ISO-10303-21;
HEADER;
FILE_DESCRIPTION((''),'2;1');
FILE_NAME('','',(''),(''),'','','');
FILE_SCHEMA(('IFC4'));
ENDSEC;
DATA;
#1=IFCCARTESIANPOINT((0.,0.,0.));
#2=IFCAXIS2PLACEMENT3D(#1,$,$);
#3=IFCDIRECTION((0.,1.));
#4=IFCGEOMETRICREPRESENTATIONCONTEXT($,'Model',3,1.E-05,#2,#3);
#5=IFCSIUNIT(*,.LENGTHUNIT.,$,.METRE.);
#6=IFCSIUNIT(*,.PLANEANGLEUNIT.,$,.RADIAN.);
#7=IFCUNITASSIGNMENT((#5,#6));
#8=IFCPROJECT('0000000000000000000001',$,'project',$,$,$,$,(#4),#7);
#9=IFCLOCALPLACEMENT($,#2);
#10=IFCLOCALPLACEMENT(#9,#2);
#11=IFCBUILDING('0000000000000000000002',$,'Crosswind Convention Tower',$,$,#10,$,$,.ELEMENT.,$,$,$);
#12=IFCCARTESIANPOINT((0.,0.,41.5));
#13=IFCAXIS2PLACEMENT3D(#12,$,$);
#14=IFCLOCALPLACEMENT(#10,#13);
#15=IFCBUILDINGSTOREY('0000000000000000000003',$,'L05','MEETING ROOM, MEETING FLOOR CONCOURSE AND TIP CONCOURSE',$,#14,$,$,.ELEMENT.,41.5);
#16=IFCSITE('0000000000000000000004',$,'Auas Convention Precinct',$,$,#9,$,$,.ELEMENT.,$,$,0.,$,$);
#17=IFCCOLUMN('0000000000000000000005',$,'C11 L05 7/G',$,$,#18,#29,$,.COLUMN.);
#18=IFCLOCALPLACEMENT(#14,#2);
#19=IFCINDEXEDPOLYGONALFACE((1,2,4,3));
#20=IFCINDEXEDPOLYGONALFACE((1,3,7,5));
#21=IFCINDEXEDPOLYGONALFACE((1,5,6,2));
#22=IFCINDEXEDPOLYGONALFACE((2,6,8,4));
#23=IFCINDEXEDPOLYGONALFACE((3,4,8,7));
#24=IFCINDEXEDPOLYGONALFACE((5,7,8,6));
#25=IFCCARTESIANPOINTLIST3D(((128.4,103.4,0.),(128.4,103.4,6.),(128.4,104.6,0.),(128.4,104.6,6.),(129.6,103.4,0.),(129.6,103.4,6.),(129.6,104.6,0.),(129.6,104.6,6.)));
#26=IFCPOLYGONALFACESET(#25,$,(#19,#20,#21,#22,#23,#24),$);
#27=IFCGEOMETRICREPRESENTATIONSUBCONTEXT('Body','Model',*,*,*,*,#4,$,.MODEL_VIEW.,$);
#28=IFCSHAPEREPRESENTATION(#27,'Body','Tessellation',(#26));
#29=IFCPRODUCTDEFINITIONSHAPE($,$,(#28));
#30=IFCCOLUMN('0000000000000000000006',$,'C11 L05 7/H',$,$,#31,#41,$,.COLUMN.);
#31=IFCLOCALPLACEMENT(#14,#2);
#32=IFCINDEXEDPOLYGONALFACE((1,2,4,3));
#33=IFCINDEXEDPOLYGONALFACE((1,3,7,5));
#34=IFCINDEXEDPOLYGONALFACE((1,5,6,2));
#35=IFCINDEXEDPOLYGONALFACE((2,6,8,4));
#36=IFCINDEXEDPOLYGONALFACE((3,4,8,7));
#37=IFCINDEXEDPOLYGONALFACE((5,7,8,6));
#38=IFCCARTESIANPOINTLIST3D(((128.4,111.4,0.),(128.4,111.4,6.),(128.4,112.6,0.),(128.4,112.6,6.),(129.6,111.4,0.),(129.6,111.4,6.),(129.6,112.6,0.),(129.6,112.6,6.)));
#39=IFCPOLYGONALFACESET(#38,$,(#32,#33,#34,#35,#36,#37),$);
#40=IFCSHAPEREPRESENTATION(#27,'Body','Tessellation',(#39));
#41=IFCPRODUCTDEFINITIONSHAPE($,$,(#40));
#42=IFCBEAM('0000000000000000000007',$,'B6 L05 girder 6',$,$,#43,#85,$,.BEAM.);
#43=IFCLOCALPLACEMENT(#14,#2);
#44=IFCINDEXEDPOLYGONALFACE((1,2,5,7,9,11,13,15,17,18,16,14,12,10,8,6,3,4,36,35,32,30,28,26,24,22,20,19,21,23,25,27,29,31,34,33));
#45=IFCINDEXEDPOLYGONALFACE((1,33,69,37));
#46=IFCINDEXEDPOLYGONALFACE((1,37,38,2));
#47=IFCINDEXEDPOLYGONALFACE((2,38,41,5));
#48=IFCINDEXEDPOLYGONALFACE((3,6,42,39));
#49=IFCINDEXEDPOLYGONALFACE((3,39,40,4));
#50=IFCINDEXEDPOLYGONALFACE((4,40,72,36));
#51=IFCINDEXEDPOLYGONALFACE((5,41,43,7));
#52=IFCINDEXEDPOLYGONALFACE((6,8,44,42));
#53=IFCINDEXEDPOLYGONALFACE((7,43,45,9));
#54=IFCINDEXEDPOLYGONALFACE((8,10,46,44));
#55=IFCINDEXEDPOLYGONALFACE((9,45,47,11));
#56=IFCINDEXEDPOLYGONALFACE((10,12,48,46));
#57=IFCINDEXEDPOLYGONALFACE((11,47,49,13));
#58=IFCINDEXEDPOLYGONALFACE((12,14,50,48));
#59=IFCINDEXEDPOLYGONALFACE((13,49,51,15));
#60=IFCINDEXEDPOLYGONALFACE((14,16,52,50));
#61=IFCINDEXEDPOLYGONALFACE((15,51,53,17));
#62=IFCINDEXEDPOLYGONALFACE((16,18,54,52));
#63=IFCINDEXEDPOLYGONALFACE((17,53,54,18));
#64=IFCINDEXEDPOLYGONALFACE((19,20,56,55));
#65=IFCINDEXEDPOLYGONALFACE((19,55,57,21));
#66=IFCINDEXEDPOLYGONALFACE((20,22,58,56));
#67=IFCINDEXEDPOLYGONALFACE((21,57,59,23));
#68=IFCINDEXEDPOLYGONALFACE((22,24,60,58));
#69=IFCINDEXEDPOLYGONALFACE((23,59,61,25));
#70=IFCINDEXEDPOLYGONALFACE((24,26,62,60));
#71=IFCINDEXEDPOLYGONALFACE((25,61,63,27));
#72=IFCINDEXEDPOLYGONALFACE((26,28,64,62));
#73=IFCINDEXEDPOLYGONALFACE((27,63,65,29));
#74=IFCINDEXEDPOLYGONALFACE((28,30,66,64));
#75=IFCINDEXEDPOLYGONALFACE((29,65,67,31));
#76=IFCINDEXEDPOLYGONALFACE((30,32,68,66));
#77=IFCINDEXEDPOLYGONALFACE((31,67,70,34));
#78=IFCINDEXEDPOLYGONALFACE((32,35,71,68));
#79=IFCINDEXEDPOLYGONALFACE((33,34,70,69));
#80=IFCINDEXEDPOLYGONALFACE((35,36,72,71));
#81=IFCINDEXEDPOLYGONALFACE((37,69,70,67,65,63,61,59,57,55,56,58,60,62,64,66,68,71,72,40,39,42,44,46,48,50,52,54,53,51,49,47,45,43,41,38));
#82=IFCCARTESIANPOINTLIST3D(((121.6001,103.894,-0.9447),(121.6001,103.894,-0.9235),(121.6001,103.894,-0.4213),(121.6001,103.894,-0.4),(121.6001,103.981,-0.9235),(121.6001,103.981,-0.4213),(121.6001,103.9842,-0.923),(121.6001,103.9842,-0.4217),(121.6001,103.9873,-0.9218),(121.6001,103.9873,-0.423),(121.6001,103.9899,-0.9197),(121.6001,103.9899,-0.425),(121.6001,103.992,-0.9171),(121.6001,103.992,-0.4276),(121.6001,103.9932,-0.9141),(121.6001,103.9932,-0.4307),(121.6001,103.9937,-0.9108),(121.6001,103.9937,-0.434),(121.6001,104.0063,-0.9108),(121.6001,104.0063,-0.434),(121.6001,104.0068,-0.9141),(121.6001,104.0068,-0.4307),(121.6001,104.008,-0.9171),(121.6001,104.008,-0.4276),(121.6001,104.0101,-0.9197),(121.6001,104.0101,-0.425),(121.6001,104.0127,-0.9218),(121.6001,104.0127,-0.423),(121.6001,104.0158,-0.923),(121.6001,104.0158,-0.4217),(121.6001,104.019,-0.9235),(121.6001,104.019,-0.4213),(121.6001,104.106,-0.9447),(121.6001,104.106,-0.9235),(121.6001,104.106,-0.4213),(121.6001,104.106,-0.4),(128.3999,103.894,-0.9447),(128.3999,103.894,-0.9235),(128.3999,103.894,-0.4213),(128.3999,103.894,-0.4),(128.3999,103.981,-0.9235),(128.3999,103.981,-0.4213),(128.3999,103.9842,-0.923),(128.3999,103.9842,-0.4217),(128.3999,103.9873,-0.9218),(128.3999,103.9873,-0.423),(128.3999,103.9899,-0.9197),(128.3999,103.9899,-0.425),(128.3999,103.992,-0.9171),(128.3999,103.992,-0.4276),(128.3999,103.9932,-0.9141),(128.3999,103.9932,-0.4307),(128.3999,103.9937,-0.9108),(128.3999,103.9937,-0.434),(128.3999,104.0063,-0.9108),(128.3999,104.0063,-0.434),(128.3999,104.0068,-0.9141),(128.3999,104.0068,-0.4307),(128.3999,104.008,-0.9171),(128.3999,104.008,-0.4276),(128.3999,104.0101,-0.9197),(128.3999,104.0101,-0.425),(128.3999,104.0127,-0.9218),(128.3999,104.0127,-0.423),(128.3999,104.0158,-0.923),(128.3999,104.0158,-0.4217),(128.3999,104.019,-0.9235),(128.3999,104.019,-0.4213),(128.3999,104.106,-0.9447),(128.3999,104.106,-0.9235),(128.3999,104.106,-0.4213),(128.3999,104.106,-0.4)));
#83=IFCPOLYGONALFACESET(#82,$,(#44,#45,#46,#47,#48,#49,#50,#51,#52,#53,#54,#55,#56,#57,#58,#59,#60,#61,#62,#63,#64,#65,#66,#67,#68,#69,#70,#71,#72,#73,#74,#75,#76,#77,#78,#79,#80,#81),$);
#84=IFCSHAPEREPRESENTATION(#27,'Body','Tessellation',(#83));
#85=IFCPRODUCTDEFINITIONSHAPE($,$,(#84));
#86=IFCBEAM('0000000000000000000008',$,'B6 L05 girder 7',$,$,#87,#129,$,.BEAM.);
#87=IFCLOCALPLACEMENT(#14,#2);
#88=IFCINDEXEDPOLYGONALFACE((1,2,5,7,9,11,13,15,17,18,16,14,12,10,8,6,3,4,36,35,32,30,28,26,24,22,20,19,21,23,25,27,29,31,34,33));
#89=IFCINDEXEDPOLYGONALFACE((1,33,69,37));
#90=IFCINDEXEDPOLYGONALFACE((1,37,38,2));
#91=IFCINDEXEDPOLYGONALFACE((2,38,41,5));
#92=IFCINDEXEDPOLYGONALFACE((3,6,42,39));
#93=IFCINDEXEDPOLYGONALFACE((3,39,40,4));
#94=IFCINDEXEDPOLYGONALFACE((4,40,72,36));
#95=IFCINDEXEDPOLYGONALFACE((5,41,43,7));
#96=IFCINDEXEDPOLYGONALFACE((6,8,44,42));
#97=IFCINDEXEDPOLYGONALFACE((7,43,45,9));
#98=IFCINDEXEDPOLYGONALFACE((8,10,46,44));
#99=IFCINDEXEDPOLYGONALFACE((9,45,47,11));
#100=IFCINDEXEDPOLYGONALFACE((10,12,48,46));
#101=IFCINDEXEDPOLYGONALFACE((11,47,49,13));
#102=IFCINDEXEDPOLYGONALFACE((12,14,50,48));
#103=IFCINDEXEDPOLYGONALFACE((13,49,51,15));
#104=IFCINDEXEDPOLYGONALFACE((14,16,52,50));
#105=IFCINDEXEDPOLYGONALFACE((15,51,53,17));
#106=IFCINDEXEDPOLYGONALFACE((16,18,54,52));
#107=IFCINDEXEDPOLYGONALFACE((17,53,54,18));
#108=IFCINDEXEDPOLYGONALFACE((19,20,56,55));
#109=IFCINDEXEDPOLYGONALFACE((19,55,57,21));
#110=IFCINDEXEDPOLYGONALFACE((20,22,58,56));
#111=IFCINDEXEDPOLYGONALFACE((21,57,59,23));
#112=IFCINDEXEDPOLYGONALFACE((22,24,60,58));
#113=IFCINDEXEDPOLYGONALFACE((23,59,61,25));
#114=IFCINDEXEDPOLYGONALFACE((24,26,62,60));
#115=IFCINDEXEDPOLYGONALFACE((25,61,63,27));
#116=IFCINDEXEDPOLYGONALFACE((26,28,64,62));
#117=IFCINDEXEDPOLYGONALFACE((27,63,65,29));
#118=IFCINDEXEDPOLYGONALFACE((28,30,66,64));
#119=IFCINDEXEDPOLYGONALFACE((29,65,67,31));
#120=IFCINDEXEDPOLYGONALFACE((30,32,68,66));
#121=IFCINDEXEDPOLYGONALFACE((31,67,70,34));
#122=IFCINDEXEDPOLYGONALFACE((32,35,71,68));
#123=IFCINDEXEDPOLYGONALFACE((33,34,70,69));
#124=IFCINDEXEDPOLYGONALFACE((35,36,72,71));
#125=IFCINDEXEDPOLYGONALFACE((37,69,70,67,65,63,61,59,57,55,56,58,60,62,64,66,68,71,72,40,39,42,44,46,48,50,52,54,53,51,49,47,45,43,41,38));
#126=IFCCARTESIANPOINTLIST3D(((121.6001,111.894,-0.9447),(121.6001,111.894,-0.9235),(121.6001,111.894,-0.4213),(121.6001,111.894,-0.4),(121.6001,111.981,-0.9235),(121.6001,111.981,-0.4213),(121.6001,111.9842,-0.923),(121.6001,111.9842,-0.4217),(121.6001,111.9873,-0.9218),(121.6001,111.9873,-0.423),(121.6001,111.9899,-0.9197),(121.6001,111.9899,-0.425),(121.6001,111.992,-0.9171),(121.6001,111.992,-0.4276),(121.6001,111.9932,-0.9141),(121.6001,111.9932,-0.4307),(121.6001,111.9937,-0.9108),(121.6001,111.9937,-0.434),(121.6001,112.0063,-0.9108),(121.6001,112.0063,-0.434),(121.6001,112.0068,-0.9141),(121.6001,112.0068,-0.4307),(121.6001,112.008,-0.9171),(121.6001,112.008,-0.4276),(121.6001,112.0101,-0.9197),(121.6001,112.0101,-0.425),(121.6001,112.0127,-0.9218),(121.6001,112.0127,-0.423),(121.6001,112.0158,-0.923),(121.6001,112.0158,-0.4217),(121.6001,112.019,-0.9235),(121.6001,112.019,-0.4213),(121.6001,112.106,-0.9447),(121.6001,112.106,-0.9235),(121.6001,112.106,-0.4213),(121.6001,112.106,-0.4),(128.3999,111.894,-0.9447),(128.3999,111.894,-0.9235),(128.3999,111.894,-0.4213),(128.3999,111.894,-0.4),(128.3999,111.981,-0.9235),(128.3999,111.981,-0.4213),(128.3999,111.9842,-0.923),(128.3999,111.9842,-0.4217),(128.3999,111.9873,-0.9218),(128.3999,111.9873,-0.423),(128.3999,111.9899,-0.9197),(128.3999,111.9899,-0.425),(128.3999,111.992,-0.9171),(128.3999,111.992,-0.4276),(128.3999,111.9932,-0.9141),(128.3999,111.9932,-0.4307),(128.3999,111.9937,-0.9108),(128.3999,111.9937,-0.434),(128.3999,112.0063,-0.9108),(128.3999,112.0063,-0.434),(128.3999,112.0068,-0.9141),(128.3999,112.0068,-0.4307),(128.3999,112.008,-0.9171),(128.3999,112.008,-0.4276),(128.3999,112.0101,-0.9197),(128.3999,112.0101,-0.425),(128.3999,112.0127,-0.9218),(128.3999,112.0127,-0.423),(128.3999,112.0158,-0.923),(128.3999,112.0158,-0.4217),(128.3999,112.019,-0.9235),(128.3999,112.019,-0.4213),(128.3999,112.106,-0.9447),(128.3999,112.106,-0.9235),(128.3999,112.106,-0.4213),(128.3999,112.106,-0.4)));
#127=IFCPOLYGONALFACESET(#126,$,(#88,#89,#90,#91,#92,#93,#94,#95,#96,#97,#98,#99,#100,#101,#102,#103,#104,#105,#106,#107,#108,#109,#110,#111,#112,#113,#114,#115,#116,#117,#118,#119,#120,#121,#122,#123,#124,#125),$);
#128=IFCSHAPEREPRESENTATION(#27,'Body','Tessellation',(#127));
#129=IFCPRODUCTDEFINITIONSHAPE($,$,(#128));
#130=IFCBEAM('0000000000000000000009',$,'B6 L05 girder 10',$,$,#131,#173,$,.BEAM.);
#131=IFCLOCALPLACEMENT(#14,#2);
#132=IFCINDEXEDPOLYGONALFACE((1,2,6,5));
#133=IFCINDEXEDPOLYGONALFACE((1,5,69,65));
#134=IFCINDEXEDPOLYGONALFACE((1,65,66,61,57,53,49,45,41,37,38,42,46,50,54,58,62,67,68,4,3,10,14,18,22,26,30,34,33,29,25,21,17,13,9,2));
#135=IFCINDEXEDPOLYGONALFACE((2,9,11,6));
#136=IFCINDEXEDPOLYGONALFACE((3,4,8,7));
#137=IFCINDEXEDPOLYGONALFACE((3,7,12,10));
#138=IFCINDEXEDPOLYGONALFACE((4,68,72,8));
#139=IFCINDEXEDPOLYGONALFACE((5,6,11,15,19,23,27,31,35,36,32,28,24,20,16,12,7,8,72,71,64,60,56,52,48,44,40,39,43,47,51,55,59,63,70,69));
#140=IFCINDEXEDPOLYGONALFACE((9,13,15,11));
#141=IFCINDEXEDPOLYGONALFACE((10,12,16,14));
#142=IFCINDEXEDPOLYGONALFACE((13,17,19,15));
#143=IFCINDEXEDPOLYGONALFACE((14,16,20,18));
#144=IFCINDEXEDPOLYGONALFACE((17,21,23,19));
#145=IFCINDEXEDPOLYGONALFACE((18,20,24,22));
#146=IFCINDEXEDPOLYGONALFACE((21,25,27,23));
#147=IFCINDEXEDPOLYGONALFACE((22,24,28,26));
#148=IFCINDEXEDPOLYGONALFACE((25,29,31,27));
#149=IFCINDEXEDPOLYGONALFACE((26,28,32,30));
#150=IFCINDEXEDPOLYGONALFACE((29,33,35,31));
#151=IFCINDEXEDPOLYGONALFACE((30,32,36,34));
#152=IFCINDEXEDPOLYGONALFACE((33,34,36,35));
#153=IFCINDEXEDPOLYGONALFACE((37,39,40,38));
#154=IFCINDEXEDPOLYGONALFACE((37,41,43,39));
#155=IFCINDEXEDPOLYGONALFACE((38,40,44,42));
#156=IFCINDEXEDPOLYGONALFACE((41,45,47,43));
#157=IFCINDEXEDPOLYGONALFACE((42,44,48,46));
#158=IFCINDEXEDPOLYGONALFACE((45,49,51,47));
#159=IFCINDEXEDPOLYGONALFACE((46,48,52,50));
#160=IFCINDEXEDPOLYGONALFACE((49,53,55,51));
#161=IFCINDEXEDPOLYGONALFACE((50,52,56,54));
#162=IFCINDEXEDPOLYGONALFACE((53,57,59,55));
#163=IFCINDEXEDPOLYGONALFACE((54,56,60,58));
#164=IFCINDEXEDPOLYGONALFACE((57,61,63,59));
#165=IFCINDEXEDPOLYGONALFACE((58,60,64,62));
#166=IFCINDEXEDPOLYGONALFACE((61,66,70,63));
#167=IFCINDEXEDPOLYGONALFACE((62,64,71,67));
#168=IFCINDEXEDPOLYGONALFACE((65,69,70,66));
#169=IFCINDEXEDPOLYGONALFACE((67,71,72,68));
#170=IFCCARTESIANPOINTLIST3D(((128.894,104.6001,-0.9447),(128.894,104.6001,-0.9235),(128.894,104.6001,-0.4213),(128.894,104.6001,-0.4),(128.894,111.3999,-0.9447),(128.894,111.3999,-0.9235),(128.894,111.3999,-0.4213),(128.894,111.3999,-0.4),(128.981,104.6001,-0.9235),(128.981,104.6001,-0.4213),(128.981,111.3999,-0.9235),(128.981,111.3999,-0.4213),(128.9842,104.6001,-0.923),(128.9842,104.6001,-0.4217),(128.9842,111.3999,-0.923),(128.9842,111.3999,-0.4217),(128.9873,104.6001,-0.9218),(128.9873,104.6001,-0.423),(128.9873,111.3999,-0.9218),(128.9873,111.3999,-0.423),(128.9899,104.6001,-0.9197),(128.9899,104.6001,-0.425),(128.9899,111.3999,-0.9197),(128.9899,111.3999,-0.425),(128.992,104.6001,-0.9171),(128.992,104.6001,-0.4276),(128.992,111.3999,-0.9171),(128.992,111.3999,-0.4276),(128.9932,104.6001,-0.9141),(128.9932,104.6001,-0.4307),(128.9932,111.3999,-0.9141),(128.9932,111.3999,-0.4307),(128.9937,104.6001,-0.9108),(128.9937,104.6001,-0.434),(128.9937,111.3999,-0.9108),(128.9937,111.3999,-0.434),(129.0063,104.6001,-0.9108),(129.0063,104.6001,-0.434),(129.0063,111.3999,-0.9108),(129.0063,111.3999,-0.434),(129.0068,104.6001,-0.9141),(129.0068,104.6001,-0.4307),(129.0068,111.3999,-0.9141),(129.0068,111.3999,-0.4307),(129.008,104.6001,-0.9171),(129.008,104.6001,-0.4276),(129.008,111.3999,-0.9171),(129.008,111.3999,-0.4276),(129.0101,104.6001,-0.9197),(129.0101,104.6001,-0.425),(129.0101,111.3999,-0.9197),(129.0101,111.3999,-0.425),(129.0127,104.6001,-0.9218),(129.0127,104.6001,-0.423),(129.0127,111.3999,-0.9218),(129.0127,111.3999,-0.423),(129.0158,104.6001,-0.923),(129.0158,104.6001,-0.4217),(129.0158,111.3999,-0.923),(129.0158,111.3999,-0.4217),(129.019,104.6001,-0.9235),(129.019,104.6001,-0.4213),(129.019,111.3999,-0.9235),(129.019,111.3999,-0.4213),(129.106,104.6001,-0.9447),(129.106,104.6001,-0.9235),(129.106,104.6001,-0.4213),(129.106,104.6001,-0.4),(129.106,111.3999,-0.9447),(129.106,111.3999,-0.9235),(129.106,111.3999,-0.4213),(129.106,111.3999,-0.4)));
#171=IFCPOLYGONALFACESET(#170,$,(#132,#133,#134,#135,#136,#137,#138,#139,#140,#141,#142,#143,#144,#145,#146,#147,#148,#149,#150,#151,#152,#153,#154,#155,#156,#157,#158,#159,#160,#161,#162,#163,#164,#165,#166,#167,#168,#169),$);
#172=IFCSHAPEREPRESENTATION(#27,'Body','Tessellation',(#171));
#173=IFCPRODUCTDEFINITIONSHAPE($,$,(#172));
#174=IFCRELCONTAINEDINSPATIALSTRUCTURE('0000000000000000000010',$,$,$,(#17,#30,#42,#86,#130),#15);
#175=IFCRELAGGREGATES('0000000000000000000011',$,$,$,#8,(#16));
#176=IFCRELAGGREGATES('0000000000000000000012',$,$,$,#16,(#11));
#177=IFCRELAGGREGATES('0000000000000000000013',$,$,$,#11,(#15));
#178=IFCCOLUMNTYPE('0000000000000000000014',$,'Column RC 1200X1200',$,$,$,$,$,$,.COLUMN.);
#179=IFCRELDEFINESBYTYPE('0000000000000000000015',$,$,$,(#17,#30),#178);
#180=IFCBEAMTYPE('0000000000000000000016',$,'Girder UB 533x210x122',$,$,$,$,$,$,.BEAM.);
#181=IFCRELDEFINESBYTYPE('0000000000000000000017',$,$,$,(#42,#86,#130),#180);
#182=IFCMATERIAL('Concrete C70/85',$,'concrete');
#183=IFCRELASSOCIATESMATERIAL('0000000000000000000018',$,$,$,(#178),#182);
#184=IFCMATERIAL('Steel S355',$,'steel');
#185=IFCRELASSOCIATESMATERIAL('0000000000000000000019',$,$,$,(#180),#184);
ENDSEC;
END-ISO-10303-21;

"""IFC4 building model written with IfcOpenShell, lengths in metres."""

from ifc_helpers import new_model, si_unit, direction, frame, origin, origin_2d, place, context, subcontext, project, spatial, rectangle, i_section, extrude, material, material_profile, profile_set, type_object, element, save


model = new_model("IFC4")

# Units and contexts
model_context = context("Model", 3, precision=1e-05, world=origin(), true_north=direction((0.0, 1.0)))
body_context = subcontext(model_context, "Body", "Model", "MODEL_VIEW")
ifc_project = project(units=[si_unit("LENGTHUNIT", "METRE"), si_unit("PLANEANGLEUNIT", "RADIAN")], contexts=[model_context])

# Site, building, storey
site_placement = place(None, origin())
site = spatial("IfcSite", under=ifc_project, at=site_placement, Name="Auas Convention Precinct", CompositionType="ELEMENT", RefElevation=0.0)
building_placement = place(site_placement, origin())
building = spatial("IfcBuilding", under=site, at=building_placement, Name="Crosswind Convention Tower", CompositionType="ELEMENT")
storey_placement = place(building_placement, frame((0.0, 0.0, 41.5)))
storey = spatial("IfcBuildingStorey", under=building, at=storey_placement, Name="L05", Description="MEETING ROOM, MEETING FLOOR CONCOURSE AND TIP CONCOURSE", CompositionType="ELEMENT", Elevation=41.5)

# Columns
ifc_material_1 = material(Name="Concrete C70/85", Category="concrete")
ifc_material_profile_1 = material_profile(ifc_material_1, rectangle(XDim=1.2, YDim=1.2, at=origin_2d()), Name="RC 1200X1200")
ifc_profile_set_1 = profile_set([ifc_material_profile_1], Name="Concrete C70/85")
column_type = type_object("IfcColumnType", Name="Column RC 1200X1200", PredefinedType="COLUMN", material=ifc_profile_set_1)
for number, where, z_axis, x_axis, name in (
    (1, (129.0, 104.0, 0.0), (0.0, 0.0, 1.0), (1.0, 0.0, 0.0), "C11 L05 7/G"),
    (2, (129.0, 112.0, 0.0), (0.0, 0.0, 1.0), (1.0, 0.0, 0.0), "C11 L05 7/H"),
):
    element("IfcColumn", number, at=place(storey_placement, frame(where, z_axis=z_axis, x_axis=x_axis)), inside=storey, type_object=column_type, Name=name, PredefinedType="COLUMN", context=body_context, shape_type="SweptSolid", body=[
        extrude(rectangle(XDim=1.2, YDim=1.2, at=origin_2d()), origin(), (0.0, 0.0, 1.0), 6.0),
    ])

# Beams
ifc_material_2 = material(Name="Steel S355", Category="steel")
ifc_material_profile_2 = material_profile(ifc_material_2, i_section(OverallWidth=0.2119, OverallDepth=0.5447, WebThickness=0.0127, FlangeThickness=0.0212, FilletRadius=0.0127, at=origin_2d()), Name="UB 533x210x122")
ifc_profile_set_2 = profile_set([ifc_material_profile_2], Name="Steel S355")
beam_type_1 = type_object("IfcBeamType", Name="Girder UB 533x210x122", PredefinedType="BEAM", material=ifc_profile_set_2)
for number, where, z_axis, x_axis, name in (
    (3, (121.6001, 104.0, -0.6724), (1.0, 0.0, 0.0), (0.0, 1.0, 0.0), "B6 L05 girder 6"),
    (4, (121.6001, 112.0, -0.6724), (1.0, 0.0, 0.0), (0.0, 1.0, 0.0), "B6 L05 girder 7"),
    (5, (129.0, 104.6001, -0.6724), (0.0, 1.0, 0.0), (-1.0, 0.0, 0.0), "B6 L05 girder 10"),
):
    element("IfcBeam", number, at=place(storey_placement, frame(where, z_axis=z_axis, x_axis=x_axis)), inside=storey, type_object=beam_type_1, Name=name, PredefinedType="BEAM", context=body_context, shape_type="SweptSolid", body=[
        extrude(i_section(OverallWidth=0.2119, OverallDepth=0.5447, WebThickness=0.0127, FlangeThickness=0.0212, FilletRadius=0.0127, at=origin_2d()), origin(), (0.0, 0.0, 1.0), 6.7998),
    ])

save(model, "model.ifc")
